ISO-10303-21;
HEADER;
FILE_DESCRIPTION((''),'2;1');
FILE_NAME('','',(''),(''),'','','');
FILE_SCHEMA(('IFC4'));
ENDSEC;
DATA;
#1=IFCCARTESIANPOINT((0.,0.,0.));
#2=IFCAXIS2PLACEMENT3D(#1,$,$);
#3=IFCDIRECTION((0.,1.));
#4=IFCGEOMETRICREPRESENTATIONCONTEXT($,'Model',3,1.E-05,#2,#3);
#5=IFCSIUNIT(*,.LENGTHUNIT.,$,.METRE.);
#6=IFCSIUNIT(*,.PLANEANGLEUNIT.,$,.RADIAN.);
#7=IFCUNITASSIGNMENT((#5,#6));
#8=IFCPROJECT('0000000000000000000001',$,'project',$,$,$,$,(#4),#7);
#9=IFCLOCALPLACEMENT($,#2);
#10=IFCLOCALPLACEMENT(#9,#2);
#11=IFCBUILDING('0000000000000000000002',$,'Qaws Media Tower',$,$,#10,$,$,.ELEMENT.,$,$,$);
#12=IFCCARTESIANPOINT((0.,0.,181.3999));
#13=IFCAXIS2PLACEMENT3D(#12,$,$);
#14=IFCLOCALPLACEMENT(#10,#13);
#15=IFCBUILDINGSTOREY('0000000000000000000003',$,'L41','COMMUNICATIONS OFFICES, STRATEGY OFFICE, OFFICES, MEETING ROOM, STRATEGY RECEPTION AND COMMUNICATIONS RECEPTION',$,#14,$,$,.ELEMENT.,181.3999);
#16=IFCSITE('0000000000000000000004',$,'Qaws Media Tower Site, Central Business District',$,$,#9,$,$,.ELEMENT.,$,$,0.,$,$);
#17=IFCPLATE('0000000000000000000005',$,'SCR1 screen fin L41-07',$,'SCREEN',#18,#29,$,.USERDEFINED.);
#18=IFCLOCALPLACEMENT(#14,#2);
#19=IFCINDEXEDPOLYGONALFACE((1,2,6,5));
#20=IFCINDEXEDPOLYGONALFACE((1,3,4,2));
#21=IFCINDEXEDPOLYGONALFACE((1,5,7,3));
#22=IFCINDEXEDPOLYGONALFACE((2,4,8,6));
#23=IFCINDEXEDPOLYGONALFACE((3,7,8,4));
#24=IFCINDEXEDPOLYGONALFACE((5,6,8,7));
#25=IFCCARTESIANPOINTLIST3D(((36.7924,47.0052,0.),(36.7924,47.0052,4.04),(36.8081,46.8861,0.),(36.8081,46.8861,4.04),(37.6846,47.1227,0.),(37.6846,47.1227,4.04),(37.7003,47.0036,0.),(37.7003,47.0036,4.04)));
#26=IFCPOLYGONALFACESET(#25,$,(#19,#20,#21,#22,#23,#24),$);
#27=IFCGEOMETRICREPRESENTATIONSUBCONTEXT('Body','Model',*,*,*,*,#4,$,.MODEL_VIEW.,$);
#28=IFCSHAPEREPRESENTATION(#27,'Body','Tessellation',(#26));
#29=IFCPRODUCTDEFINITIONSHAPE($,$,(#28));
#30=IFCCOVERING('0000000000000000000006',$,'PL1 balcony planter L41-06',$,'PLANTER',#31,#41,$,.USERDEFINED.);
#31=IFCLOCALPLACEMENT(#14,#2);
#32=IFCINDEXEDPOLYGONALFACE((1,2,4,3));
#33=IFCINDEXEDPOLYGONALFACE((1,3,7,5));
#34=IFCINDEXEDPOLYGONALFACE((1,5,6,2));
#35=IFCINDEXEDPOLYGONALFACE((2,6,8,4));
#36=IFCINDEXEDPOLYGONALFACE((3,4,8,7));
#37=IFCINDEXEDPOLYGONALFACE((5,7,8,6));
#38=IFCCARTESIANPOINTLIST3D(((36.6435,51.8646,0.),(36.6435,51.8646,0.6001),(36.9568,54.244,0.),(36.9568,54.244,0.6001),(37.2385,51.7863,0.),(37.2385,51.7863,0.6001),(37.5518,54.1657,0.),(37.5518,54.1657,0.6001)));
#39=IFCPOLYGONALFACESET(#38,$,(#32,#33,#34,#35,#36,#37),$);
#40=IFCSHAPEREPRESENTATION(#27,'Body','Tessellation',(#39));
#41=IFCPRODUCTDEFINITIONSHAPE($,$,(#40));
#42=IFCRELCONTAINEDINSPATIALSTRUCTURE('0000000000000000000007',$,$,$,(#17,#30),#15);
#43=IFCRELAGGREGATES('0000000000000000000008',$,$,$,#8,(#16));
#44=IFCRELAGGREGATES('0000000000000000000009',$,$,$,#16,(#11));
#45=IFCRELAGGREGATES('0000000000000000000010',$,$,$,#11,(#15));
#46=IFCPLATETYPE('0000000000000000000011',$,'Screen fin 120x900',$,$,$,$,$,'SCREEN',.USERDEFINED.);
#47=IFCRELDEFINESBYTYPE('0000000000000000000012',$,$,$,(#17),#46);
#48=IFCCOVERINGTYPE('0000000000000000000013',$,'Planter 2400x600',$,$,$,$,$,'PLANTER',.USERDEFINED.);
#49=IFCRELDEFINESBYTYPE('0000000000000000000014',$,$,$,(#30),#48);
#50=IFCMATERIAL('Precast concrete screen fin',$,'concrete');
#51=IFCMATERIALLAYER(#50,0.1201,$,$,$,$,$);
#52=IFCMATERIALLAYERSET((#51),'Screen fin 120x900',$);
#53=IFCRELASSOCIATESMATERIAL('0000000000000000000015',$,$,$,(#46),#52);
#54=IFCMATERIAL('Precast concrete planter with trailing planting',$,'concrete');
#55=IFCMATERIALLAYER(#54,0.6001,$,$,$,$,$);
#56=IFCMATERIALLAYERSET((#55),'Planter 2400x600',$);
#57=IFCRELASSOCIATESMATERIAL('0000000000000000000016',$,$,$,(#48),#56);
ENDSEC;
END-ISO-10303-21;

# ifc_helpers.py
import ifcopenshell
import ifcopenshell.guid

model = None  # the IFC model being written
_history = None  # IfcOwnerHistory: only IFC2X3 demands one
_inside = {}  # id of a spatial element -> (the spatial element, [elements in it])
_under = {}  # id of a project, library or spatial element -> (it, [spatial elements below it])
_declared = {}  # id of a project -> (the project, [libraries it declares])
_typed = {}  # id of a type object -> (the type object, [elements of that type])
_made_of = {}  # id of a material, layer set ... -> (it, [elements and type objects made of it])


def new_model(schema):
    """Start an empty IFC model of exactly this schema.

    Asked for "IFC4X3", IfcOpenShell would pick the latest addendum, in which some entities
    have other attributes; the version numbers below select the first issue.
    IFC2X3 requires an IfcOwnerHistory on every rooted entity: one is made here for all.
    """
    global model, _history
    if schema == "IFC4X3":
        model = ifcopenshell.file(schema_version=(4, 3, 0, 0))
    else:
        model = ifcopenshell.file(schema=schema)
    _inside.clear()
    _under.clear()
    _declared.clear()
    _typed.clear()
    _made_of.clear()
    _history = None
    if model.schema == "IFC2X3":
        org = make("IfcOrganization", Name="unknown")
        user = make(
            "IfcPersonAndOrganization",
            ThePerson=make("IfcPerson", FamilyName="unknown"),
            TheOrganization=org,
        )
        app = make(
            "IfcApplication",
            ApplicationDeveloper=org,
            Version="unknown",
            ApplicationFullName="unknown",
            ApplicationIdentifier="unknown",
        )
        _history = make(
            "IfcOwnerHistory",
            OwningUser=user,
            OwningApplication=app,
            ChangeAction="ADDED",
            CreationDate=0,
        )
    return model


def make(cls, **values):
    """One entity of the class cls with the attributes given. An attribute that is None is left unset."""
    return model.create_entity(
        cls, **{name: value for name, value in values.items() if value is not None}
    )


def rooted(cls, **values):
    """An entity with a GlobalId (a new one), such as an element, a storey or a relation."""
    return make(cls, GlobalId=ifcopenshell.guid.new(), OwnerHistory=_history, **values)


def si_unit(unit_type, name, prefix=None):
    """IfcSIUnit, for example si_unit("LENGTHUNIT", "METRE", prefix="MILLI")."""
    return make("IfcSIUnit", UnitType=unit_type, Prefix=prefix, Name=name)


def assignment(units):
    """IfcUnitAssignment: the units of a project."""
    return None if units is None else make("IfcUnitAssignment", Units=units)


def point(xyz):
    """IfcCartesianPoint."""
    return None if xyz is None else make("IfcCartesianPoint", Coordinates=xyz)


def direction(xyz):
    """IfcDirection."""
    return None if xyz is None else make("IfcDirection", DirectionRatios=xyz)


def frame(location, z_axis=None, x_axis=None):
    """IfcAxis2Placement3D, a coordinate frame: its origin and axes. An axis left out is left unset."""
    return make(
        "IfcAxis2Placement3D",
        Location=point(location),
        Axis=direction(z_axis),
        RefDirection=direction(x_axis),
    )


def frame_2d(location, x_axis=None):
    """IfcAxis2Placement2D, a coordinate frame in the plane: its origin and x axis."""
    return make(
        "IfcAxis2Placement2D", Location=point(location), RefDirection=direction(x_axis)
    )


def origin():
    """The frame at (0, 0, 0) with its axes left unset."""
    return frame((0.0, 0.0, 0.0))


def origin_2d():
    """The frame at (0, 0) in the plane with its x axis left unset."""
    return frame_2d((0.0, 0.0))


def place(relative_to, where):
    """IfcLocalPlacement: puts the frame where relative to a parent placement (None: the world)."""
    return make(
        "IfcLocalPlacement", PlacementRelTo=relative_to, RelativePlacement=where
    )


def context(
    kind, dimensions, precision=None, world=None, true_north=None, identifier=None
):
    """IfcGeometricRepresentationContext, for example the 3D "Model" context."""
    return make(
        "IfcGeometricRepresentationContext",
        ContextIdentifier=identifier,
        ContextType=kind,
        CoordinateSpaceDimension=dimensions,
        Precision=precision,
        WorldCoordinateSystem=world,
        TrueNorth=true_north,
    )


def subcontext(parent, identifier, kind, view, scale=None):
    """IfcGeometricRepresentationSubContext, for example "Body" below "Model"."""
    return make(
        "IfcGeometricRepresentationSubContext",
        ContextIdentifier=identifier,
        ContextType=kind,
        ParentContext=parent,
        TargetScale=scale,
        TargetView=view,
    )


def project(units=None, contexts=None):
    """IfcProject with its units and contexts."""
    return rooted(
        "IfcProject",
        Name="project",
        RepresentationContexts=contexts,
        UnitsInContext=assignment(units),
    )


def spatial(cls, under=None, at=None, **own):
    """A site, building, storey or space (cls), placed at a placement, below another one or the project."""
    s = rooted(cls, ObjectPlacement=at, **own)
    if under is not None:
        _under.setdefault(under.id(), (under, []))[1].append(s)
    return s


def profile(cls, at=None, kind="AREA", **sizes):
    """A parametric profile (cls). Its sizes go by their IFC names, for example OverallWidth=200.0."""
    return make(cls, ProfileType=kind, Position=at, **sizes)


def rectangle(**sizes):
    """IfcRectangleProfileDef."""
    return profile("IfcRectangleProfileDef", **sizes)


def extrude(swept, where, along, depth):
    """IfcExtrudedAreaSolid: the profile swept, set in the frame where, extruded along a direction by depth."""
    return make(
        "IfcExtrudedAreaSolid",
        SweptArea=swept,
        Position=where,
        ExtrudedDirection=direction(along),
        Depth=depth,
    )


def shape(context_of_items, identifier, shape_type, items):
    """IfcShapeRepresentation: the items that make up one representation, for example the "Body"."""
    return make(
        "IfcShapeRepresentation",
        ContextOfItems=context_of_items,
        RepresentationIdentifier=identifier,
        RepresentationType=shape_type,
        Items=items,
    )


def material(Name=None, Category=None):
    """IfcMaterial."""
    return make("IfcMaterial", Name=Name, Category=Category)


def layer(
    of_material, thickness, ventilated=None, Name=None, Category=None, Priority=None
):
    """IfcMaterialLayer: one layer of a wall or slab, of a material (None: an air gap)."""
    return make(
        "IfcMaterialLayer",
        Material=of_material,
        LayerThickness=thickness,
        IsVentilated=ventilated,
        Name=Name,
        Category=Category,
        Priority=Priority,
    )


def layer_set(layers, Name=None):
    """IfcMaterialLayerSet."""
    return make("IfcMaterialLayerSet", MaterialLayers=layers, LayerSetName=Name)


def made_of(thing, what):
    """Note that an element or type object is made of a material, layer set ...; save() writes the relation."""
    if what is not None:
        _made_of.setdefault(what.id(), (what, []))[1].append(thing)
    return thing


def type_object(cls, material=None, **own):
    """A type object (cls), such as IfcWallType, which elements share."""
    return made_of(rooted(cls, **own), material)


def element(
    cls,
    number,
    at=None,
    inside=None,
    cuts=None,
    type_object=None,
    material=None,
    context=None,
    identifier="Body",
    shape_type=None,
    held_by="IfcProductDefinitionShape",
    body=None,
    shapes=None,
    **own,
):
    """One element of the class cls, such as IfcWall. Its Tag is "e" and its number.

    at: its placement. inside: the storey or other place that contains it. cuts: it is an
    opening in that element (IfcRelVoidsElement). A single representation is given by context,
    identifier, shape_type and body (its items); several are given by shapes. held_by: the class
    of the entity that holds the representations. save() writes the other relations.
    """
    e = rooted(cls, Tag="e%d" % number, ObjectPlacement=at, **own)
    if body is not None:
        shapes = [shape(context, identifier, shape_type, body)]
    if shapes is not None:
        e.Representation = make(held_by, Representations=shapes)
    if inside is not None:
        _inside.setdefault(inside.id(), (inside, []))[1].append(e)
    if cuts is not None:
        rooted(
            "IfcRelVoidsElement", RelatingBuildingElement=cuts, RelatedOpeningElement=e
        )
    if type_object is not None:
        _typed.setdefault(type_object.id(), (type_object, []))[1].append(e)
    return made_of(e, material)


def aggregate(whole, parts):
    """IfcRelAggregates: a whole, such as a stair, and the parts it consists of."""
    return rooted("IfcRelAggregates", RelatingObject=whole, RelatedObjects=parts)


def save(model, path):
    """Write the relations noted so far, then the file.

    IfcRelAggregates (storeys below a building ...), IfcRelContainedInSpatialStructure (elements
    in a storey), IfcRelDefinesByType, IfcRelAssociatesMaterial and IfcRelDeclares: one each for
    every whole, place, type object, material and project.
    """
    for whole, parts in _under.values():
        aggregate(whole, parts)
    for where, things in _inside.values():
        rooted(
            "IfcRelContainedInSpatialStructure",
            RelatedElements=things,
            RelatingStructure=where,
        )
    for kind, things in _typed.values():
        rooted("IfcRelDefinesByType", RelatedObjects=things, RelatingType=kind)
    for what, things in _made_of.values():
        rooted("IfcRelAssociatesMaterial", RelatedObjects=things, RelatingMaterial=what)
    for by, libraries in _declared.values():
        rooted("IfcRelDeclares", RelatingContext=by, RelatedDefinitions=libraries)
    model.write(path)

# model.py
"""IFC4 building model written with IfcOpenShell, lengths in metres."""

from ifc_helpers import new_model, si_unit, direction, frame, origin, origin_2d, place, context, subcontext, project, spatial, rectangle, extrude, material, layer, layer_set, type_object, element, save


model = new_model("IFC4")

# Units and contexts
model_context = context("Model", 3, precision=1e-05, world=origin(), true_north=direction((0.0, 1.0)))
body_context = subcontext(model_context, "Body", "Model", "MODEL_VIEW")
ifc_project = project(units=[si_unit("LENGTHUNIT", "METRE"), si_unit("PLANEANGLEUNIT", "RADIAN")], contexts=[model_context])

# Site, building, storey
site_placement = place(None, origin())
site = spatial("IfcSite", under=ifc_project, at=site_placement, Name="Qaws Media Tower Site, Central Business District", CompositionType="ELEMENT", RefElevation=0.0)
building_placement = place(site_placement, origin())
building = spatial("IfcBuilding", under=site, at=building_placement, Name="Qaws Media Tower", CompositionType="ELEMENT")
storey_placement = place(building_placement, frame((0.0, 0.0, 181.3999)))
storey = spatial("IfcBuildingStorey", under=building, at=storey_placement, Name="L41", Description="COMMUNICATIONS OFFICES, STRATEGY OFFICE, OFFICES, MEETING ROOM, STRATEGY RECEPTION AND COMMUNICATIONS RECEPTION", CompositionType="ELEMENT", Elevation=181.3999)

# Plate
ifc_material_1 = material(Name="Precast concrete screen fin", Category="concrete")
ifc_layer_1 = layer(ifc_material_1, 0.1201)
ifc_layer_set_1 = layer_set([ifc_layer_1], Name="Screen fin 120x900")
plate_type_1 = type_object("IfcPlateType", Name="Screen fin 120x900", ElementType="SCREEN", PredefinedType="USERDEFINED", material=ifc_layer_set_1)
for number, where, z_axis, x_axis, name in (
    (1, (37.2463, 47.0044, 0.0), (0.0, 0.0, 1.0), (-0.991445, -0.130526, 0.0), "SCR1 screen fin L41-07"),
):
    element("IfcPlate", number, at=place(storey_placement, frame(where, z_axis=z_axis, x_axis=x_axis)), inside=storey, type_object=plate_type_1, Name=name, ObjectType="SCREEN", PredefinedType="USERDEFINED", context=body_context, shape_type="SweptSolid", body=[
        extrude(rectangle(XDim=0.8999, YDim=0.1201, at=origin_2d()), origin(), (0.0, 0.0, 1.0), 4.04),
    ])

# Covering
ifc_material_2 = material(Name="Precast concrete planter with trailing planting", Category="concrete")
ifc_layer_2 = layer(ifc_material_2, 0.6001)
ifc_layer_set_2 = layer_set([ifc_layer_2], Name="Planter 2400x600")
covering_type = type_object("IfcCoveringType", Name="Planter 2400x600", ElementType="PLANTER", PredefinedType="USERDEFINED", material=ifc_layer_set_2)
covering_placement = place(storey_placement, frame((37.0977, 53.0151, 0.0), z_axis=(0.0, 0.0, 1.0), x_axis=(-0.130526, -0.991445, 0.0)))
element("IfcCovering", 2, at=covering_placement, inside=storey, type_object=covering_type, Name="PL1 balcony planter L41-06", ObjectType="PLANTER", PredefinedType="USERDEFINED", context=body_context, shape_type="SweptSolid", body=[
    extrude(rectangle(XDim=2.3999, YDim=0.6001, at=origin_2d()), origin(), (0.0, 0.0, 1.0), 0.6001),
])

save(model, "model.ifc")
